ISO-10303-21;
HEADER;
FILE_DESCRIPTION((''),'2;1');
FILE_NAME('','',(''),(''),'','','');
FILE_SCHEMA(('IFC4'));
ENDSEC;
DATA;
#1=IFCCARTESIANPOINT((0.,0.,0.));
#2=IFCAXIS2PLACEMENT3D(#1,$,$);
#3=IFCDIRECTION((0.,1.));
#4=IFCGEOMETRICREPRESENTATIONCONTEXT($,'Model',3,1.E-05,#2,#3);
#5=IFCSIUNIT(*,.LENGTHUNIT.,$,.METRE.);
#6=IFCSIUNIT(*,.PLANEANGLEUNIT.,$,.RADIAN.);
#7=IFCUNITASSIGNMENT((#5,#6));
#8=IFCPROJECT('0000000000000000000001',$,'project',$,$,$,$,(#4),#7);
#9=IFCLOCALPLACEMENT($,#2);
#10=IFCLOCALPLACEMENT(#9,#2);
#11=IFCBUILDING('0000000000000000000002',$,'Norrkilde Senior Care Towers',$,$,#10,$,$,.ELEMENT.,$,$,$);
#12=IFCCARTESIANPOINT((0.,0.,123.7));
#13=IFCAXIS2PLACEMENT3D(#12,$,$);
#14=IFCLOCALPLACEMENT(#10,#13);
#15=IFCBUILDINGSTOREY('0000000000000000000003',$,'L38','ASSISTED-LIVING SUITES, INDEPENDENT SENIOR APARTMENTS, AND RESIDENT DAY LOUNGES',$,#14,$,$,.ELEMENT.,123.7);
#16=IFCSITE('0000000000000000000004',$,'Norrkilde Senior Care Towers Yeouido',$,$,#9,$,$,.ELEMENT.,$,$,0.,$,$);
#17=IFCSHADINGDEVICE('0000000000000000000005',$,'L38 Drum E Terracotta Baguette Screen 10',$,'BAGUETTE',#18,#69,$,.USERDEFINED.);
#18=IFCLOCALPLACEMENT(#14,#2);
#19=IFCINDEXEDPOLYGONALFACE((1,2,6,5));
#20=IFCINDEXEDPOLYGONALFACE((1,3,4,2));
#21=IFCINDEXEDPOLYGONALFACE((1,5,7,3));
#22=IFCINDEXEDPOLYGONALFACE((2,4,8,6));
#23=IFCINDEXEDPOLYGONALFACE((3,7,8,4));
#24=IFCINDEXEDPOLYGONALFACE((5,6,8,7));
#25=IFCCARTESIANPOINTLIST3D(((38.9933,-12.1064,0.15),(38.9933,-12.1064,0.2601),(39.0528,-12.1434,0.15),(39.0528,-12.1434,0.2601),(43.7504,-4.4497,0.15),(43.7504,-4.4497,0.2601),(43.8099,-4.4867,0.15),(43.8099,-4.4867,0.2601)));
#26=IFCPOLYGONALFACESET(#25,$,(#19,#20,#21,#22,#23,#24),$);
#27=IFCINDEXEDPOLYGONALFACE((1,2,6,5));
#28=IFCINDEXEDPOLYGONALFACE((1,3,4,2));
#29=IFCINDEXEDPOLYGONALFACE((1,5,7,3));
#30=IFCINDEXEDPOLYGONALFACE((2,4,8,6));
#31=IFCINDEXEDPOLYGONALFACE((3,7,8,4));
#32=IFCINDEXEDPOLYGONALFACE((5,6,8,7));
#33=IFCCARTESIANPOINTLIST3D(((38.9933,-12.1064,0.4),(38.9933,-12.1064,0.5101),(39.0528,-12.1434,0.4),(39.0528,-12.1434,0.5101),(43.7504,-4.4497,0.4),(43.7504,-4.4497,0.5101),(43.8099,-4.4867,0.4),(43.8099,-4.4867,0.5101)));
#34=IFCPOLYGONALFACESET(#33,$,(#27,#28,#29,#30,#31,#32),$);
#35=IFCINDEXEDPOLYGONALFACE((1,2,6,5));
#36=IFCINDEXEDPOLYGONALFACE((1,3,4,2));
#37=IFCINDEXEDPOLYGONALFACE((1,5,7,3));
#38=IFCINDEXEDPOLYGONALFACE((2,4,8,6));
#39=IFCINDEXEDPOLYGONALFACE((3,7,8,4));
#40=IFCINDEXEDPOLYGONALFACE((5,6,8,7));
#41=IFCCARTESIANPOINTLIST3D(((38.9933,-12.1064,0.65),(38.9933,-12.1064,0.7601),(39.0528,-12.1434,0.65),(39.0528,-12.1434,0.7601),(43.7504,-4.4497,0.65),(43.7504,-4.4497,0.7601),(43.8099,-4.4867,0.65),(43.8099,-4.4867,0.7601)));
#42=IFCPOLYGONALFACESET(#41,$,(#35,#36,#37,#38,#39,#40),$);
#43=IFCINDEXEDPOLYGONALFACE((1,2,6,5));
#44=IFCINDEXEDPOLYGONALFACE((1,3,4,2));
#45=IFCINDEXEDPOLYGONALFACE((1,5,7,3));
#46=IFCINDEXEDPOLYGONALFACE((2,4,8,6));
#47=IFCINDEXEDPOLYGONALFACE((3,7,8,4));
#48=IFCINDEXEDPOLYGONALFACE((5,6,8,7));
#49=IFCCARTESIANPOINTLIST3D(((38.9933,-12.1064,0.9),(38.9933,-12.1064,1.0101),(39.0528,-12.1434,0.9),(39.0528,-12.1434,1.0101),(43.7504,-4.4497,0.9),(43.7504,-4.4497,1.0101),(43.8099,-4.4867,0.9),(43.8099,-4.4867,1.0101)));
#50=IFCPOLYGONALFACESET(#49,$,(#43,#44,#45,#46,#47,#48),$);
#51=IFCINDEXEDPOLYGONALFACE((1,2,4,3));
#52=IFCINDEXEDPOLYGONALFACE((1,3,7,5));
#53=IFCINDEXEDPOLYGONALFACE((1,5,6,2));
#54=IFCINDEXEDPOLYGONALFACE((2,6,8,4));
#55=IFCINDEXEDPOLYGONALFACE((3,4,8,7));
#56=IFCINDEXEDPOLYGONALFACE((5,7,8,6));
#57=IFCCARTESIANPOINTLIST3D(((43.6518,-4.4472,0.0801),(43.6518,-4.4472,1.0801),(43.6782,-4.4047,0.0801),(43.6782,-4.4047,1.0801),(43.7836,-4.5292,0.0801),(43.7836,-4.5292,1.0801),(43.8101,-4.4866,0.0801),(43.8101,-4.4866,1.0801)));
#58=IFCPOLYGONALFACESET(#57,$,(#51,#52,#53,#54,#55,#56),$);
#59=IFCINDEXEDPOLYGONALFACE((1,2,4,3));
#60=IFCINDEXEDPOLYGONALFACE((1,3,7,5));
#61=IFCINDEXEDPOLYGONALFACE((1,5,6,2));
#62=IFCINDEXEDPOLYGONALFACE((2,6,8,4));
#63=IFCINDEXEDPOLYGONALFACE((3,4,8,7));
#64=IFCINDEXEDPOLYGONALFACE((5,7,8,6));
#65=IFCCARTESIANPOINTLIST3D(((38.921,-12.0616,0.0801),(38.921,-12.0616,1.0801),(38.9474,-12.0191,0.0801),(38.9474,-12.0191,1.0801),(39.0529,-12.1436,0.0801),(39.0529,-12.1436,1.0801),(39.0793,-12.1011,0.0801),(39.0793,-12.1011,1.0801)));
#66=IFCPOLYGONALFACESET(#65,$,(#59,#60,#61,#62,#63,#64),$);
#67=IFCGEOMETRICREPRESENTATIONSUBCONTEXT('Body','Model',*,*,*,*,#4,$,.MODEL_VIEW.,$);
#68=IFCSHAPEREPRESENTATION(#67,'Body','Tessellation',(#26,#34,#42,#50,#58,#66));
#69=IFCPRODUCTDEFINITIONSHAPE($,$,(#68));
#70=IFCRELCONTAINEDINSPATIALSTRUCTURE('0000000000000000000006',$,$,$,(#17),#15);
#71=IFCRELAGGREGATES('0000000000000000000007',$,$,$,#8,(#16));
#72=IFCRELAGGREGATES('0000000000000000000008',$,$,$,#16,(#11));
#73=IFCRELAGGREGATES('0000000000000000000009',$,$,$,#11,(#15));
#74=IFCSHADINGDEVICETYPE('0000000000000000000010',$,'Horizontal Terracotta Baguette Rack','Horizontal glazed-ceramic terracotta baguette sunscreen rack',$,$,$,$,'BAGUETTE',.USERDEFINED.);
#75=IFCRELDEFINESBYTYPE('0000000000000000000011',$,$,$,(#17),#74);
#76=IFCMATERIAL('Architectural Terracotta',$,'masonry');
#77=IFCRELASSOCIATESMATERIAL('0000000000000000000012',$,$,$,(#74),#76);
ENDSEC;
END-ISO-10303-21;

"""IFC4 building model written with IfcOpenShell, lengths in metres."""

from ifc_helpers import new_model, si_unit, direction, frame, origin, origin_2d, place, context, subcontext, project, spatial, rectangle, extrude, source, transform, mapped, material, type_object, type_shapes, element, save


model = new_model("IFC4")

# Units and contexts
model_context = context("Model", 3, precision=1e-05, world=origin(), true_north=direction((0.0, 1.0)))
body_context = subcontext(model_context, "Body", "Model", "MODEL_VIEW")
ifc_project = project(units=[si_unit("LENGTHUNIT", "METRE"), si_unit("PLANEANGLEUNIT", "RADIAN")], contexts=[model_context])

# Site, building, storey
site_placement = place(None, origin())
site = spatial("IfcSite", under=ifc_project, at=site_placement, Name="Norrkilde Senior Care Towers Yeouido", CompositionType="ELEMENT", RefElevation=0.0)
building_placement = place(site_placement, origin())
building = spatial("IfcBuilding", under=site, at=building_placement, Name="Norrkilde Senior Care Towers", CompositionType="ELEMENT")
storey_placement = place(building_placement, frame((0.0, 0.0, 123.7)))
storey = spatial("IfcBuildingStorey", under=building, at=storey_placement, Name="L38", Description="ASSISTED-LIVING SUITES, INDEPENDENT SENIOR APARTMENTS, AND RESIDENT DAY LOUNGES", CompositionType="ELEMENT", Elevation=123.7)

# Shading device
ifc_material_1 = material(Name="Architectural Terracotta", Category="masonry")
shading_device_type = type_object("IfcShadingDeviceType", Name="Horizontal Terracotta Baguette Rack", Description="Horizontal glazed-ceramic terracotta baguette sunscreen rack", ElementType="BAGUETTE", PredefinedType="USERDEFINED", material=ifc_material_1)
shared_shape_1 = source(origin(), body_context, "Body", "SweptSolid", [
    extrude(rectangle(XDim=0.0701, YDim=0.1101, at=origin_2d()), frame((0.0, 0.0901, 0.125), z_axis=(1.0, 0.0, 0.0), x_axis=(0.0, 1.0, 0.0)), (0.0, 0.0, 1.0), 9.0142),
    extrude(rectangle(XDim=0.0701, YDim=0.1101, at=origin_2d()), frame((0.0, 0.0901, 0.375), z_axis=(1.0, 0.0, 0.0), x_axis=(0.0, 1.0, 0.0)), (0.0, 0.0, 1.0), 9.0142),
    extrude(rectangle(XDim=0.0701, YDim=0.1101, at=origin_2d()), frame((0.0, 0.0901, 0.625), z_axis=(1.0, 0.0, 0.0), x_axis=(0.0, 1.0, 0.0)), (0.0, 0.0, 1.0), 9.0142),
    extrude(rectangle(XDim=0.0701, YDim=0.1101, at=origin_2d()), frame((0.0, 0.0901, 0.875), z_axis=(1.0, 0.0, 0.0), x_axis=(0.0, 1.0, 0.0)), (0.0, 0.0, 1.0), 9.0142),
    extrude(rectangle(XDim=0.05, YDim=0.1553, at=origin_2d()), frame((0.0249, 0.0476, 0.0)), (0.0, 0.0, 1.0), 1.0),
    extrude(rectangle(XDim=0.05, YDim=0.1553, at=origin_2d()), frame((8.9893, 0.0476, 0.0)), (0.0, 0.0, 1.0), 1.0),
])
type_shapes(shading_device_type, [shared_shape_1])
shading_device_placement = place(storey_placement, frame((43.7036, -4.4207, 0.0801), z_axis=(0.0, 0.0, 1.0), x_axis=(-0.527734, -0.849412, 0.0)))
element("IfcShadingDevice", 1, at=shading_device_placement, inside=storey, type_object=shading_device_type, Name="L38 Drum E Terracotta Baguette Screen 10", ObjectType="BAGUETTE", PredefinedType="USERDEFINED", context=body_context, shape_type="MappedRepresentation", body=[
    mapped(shared_shape_1, transform((0.0, 0.0, 0.0), x_axis=(1.0, 0.0, 0.0), y_axis=(0.0, 1.0, 0.0), z_axis=(0.0, 0.0, 1.0), scale=1.0)),
])

save(model, "model.ifc")
